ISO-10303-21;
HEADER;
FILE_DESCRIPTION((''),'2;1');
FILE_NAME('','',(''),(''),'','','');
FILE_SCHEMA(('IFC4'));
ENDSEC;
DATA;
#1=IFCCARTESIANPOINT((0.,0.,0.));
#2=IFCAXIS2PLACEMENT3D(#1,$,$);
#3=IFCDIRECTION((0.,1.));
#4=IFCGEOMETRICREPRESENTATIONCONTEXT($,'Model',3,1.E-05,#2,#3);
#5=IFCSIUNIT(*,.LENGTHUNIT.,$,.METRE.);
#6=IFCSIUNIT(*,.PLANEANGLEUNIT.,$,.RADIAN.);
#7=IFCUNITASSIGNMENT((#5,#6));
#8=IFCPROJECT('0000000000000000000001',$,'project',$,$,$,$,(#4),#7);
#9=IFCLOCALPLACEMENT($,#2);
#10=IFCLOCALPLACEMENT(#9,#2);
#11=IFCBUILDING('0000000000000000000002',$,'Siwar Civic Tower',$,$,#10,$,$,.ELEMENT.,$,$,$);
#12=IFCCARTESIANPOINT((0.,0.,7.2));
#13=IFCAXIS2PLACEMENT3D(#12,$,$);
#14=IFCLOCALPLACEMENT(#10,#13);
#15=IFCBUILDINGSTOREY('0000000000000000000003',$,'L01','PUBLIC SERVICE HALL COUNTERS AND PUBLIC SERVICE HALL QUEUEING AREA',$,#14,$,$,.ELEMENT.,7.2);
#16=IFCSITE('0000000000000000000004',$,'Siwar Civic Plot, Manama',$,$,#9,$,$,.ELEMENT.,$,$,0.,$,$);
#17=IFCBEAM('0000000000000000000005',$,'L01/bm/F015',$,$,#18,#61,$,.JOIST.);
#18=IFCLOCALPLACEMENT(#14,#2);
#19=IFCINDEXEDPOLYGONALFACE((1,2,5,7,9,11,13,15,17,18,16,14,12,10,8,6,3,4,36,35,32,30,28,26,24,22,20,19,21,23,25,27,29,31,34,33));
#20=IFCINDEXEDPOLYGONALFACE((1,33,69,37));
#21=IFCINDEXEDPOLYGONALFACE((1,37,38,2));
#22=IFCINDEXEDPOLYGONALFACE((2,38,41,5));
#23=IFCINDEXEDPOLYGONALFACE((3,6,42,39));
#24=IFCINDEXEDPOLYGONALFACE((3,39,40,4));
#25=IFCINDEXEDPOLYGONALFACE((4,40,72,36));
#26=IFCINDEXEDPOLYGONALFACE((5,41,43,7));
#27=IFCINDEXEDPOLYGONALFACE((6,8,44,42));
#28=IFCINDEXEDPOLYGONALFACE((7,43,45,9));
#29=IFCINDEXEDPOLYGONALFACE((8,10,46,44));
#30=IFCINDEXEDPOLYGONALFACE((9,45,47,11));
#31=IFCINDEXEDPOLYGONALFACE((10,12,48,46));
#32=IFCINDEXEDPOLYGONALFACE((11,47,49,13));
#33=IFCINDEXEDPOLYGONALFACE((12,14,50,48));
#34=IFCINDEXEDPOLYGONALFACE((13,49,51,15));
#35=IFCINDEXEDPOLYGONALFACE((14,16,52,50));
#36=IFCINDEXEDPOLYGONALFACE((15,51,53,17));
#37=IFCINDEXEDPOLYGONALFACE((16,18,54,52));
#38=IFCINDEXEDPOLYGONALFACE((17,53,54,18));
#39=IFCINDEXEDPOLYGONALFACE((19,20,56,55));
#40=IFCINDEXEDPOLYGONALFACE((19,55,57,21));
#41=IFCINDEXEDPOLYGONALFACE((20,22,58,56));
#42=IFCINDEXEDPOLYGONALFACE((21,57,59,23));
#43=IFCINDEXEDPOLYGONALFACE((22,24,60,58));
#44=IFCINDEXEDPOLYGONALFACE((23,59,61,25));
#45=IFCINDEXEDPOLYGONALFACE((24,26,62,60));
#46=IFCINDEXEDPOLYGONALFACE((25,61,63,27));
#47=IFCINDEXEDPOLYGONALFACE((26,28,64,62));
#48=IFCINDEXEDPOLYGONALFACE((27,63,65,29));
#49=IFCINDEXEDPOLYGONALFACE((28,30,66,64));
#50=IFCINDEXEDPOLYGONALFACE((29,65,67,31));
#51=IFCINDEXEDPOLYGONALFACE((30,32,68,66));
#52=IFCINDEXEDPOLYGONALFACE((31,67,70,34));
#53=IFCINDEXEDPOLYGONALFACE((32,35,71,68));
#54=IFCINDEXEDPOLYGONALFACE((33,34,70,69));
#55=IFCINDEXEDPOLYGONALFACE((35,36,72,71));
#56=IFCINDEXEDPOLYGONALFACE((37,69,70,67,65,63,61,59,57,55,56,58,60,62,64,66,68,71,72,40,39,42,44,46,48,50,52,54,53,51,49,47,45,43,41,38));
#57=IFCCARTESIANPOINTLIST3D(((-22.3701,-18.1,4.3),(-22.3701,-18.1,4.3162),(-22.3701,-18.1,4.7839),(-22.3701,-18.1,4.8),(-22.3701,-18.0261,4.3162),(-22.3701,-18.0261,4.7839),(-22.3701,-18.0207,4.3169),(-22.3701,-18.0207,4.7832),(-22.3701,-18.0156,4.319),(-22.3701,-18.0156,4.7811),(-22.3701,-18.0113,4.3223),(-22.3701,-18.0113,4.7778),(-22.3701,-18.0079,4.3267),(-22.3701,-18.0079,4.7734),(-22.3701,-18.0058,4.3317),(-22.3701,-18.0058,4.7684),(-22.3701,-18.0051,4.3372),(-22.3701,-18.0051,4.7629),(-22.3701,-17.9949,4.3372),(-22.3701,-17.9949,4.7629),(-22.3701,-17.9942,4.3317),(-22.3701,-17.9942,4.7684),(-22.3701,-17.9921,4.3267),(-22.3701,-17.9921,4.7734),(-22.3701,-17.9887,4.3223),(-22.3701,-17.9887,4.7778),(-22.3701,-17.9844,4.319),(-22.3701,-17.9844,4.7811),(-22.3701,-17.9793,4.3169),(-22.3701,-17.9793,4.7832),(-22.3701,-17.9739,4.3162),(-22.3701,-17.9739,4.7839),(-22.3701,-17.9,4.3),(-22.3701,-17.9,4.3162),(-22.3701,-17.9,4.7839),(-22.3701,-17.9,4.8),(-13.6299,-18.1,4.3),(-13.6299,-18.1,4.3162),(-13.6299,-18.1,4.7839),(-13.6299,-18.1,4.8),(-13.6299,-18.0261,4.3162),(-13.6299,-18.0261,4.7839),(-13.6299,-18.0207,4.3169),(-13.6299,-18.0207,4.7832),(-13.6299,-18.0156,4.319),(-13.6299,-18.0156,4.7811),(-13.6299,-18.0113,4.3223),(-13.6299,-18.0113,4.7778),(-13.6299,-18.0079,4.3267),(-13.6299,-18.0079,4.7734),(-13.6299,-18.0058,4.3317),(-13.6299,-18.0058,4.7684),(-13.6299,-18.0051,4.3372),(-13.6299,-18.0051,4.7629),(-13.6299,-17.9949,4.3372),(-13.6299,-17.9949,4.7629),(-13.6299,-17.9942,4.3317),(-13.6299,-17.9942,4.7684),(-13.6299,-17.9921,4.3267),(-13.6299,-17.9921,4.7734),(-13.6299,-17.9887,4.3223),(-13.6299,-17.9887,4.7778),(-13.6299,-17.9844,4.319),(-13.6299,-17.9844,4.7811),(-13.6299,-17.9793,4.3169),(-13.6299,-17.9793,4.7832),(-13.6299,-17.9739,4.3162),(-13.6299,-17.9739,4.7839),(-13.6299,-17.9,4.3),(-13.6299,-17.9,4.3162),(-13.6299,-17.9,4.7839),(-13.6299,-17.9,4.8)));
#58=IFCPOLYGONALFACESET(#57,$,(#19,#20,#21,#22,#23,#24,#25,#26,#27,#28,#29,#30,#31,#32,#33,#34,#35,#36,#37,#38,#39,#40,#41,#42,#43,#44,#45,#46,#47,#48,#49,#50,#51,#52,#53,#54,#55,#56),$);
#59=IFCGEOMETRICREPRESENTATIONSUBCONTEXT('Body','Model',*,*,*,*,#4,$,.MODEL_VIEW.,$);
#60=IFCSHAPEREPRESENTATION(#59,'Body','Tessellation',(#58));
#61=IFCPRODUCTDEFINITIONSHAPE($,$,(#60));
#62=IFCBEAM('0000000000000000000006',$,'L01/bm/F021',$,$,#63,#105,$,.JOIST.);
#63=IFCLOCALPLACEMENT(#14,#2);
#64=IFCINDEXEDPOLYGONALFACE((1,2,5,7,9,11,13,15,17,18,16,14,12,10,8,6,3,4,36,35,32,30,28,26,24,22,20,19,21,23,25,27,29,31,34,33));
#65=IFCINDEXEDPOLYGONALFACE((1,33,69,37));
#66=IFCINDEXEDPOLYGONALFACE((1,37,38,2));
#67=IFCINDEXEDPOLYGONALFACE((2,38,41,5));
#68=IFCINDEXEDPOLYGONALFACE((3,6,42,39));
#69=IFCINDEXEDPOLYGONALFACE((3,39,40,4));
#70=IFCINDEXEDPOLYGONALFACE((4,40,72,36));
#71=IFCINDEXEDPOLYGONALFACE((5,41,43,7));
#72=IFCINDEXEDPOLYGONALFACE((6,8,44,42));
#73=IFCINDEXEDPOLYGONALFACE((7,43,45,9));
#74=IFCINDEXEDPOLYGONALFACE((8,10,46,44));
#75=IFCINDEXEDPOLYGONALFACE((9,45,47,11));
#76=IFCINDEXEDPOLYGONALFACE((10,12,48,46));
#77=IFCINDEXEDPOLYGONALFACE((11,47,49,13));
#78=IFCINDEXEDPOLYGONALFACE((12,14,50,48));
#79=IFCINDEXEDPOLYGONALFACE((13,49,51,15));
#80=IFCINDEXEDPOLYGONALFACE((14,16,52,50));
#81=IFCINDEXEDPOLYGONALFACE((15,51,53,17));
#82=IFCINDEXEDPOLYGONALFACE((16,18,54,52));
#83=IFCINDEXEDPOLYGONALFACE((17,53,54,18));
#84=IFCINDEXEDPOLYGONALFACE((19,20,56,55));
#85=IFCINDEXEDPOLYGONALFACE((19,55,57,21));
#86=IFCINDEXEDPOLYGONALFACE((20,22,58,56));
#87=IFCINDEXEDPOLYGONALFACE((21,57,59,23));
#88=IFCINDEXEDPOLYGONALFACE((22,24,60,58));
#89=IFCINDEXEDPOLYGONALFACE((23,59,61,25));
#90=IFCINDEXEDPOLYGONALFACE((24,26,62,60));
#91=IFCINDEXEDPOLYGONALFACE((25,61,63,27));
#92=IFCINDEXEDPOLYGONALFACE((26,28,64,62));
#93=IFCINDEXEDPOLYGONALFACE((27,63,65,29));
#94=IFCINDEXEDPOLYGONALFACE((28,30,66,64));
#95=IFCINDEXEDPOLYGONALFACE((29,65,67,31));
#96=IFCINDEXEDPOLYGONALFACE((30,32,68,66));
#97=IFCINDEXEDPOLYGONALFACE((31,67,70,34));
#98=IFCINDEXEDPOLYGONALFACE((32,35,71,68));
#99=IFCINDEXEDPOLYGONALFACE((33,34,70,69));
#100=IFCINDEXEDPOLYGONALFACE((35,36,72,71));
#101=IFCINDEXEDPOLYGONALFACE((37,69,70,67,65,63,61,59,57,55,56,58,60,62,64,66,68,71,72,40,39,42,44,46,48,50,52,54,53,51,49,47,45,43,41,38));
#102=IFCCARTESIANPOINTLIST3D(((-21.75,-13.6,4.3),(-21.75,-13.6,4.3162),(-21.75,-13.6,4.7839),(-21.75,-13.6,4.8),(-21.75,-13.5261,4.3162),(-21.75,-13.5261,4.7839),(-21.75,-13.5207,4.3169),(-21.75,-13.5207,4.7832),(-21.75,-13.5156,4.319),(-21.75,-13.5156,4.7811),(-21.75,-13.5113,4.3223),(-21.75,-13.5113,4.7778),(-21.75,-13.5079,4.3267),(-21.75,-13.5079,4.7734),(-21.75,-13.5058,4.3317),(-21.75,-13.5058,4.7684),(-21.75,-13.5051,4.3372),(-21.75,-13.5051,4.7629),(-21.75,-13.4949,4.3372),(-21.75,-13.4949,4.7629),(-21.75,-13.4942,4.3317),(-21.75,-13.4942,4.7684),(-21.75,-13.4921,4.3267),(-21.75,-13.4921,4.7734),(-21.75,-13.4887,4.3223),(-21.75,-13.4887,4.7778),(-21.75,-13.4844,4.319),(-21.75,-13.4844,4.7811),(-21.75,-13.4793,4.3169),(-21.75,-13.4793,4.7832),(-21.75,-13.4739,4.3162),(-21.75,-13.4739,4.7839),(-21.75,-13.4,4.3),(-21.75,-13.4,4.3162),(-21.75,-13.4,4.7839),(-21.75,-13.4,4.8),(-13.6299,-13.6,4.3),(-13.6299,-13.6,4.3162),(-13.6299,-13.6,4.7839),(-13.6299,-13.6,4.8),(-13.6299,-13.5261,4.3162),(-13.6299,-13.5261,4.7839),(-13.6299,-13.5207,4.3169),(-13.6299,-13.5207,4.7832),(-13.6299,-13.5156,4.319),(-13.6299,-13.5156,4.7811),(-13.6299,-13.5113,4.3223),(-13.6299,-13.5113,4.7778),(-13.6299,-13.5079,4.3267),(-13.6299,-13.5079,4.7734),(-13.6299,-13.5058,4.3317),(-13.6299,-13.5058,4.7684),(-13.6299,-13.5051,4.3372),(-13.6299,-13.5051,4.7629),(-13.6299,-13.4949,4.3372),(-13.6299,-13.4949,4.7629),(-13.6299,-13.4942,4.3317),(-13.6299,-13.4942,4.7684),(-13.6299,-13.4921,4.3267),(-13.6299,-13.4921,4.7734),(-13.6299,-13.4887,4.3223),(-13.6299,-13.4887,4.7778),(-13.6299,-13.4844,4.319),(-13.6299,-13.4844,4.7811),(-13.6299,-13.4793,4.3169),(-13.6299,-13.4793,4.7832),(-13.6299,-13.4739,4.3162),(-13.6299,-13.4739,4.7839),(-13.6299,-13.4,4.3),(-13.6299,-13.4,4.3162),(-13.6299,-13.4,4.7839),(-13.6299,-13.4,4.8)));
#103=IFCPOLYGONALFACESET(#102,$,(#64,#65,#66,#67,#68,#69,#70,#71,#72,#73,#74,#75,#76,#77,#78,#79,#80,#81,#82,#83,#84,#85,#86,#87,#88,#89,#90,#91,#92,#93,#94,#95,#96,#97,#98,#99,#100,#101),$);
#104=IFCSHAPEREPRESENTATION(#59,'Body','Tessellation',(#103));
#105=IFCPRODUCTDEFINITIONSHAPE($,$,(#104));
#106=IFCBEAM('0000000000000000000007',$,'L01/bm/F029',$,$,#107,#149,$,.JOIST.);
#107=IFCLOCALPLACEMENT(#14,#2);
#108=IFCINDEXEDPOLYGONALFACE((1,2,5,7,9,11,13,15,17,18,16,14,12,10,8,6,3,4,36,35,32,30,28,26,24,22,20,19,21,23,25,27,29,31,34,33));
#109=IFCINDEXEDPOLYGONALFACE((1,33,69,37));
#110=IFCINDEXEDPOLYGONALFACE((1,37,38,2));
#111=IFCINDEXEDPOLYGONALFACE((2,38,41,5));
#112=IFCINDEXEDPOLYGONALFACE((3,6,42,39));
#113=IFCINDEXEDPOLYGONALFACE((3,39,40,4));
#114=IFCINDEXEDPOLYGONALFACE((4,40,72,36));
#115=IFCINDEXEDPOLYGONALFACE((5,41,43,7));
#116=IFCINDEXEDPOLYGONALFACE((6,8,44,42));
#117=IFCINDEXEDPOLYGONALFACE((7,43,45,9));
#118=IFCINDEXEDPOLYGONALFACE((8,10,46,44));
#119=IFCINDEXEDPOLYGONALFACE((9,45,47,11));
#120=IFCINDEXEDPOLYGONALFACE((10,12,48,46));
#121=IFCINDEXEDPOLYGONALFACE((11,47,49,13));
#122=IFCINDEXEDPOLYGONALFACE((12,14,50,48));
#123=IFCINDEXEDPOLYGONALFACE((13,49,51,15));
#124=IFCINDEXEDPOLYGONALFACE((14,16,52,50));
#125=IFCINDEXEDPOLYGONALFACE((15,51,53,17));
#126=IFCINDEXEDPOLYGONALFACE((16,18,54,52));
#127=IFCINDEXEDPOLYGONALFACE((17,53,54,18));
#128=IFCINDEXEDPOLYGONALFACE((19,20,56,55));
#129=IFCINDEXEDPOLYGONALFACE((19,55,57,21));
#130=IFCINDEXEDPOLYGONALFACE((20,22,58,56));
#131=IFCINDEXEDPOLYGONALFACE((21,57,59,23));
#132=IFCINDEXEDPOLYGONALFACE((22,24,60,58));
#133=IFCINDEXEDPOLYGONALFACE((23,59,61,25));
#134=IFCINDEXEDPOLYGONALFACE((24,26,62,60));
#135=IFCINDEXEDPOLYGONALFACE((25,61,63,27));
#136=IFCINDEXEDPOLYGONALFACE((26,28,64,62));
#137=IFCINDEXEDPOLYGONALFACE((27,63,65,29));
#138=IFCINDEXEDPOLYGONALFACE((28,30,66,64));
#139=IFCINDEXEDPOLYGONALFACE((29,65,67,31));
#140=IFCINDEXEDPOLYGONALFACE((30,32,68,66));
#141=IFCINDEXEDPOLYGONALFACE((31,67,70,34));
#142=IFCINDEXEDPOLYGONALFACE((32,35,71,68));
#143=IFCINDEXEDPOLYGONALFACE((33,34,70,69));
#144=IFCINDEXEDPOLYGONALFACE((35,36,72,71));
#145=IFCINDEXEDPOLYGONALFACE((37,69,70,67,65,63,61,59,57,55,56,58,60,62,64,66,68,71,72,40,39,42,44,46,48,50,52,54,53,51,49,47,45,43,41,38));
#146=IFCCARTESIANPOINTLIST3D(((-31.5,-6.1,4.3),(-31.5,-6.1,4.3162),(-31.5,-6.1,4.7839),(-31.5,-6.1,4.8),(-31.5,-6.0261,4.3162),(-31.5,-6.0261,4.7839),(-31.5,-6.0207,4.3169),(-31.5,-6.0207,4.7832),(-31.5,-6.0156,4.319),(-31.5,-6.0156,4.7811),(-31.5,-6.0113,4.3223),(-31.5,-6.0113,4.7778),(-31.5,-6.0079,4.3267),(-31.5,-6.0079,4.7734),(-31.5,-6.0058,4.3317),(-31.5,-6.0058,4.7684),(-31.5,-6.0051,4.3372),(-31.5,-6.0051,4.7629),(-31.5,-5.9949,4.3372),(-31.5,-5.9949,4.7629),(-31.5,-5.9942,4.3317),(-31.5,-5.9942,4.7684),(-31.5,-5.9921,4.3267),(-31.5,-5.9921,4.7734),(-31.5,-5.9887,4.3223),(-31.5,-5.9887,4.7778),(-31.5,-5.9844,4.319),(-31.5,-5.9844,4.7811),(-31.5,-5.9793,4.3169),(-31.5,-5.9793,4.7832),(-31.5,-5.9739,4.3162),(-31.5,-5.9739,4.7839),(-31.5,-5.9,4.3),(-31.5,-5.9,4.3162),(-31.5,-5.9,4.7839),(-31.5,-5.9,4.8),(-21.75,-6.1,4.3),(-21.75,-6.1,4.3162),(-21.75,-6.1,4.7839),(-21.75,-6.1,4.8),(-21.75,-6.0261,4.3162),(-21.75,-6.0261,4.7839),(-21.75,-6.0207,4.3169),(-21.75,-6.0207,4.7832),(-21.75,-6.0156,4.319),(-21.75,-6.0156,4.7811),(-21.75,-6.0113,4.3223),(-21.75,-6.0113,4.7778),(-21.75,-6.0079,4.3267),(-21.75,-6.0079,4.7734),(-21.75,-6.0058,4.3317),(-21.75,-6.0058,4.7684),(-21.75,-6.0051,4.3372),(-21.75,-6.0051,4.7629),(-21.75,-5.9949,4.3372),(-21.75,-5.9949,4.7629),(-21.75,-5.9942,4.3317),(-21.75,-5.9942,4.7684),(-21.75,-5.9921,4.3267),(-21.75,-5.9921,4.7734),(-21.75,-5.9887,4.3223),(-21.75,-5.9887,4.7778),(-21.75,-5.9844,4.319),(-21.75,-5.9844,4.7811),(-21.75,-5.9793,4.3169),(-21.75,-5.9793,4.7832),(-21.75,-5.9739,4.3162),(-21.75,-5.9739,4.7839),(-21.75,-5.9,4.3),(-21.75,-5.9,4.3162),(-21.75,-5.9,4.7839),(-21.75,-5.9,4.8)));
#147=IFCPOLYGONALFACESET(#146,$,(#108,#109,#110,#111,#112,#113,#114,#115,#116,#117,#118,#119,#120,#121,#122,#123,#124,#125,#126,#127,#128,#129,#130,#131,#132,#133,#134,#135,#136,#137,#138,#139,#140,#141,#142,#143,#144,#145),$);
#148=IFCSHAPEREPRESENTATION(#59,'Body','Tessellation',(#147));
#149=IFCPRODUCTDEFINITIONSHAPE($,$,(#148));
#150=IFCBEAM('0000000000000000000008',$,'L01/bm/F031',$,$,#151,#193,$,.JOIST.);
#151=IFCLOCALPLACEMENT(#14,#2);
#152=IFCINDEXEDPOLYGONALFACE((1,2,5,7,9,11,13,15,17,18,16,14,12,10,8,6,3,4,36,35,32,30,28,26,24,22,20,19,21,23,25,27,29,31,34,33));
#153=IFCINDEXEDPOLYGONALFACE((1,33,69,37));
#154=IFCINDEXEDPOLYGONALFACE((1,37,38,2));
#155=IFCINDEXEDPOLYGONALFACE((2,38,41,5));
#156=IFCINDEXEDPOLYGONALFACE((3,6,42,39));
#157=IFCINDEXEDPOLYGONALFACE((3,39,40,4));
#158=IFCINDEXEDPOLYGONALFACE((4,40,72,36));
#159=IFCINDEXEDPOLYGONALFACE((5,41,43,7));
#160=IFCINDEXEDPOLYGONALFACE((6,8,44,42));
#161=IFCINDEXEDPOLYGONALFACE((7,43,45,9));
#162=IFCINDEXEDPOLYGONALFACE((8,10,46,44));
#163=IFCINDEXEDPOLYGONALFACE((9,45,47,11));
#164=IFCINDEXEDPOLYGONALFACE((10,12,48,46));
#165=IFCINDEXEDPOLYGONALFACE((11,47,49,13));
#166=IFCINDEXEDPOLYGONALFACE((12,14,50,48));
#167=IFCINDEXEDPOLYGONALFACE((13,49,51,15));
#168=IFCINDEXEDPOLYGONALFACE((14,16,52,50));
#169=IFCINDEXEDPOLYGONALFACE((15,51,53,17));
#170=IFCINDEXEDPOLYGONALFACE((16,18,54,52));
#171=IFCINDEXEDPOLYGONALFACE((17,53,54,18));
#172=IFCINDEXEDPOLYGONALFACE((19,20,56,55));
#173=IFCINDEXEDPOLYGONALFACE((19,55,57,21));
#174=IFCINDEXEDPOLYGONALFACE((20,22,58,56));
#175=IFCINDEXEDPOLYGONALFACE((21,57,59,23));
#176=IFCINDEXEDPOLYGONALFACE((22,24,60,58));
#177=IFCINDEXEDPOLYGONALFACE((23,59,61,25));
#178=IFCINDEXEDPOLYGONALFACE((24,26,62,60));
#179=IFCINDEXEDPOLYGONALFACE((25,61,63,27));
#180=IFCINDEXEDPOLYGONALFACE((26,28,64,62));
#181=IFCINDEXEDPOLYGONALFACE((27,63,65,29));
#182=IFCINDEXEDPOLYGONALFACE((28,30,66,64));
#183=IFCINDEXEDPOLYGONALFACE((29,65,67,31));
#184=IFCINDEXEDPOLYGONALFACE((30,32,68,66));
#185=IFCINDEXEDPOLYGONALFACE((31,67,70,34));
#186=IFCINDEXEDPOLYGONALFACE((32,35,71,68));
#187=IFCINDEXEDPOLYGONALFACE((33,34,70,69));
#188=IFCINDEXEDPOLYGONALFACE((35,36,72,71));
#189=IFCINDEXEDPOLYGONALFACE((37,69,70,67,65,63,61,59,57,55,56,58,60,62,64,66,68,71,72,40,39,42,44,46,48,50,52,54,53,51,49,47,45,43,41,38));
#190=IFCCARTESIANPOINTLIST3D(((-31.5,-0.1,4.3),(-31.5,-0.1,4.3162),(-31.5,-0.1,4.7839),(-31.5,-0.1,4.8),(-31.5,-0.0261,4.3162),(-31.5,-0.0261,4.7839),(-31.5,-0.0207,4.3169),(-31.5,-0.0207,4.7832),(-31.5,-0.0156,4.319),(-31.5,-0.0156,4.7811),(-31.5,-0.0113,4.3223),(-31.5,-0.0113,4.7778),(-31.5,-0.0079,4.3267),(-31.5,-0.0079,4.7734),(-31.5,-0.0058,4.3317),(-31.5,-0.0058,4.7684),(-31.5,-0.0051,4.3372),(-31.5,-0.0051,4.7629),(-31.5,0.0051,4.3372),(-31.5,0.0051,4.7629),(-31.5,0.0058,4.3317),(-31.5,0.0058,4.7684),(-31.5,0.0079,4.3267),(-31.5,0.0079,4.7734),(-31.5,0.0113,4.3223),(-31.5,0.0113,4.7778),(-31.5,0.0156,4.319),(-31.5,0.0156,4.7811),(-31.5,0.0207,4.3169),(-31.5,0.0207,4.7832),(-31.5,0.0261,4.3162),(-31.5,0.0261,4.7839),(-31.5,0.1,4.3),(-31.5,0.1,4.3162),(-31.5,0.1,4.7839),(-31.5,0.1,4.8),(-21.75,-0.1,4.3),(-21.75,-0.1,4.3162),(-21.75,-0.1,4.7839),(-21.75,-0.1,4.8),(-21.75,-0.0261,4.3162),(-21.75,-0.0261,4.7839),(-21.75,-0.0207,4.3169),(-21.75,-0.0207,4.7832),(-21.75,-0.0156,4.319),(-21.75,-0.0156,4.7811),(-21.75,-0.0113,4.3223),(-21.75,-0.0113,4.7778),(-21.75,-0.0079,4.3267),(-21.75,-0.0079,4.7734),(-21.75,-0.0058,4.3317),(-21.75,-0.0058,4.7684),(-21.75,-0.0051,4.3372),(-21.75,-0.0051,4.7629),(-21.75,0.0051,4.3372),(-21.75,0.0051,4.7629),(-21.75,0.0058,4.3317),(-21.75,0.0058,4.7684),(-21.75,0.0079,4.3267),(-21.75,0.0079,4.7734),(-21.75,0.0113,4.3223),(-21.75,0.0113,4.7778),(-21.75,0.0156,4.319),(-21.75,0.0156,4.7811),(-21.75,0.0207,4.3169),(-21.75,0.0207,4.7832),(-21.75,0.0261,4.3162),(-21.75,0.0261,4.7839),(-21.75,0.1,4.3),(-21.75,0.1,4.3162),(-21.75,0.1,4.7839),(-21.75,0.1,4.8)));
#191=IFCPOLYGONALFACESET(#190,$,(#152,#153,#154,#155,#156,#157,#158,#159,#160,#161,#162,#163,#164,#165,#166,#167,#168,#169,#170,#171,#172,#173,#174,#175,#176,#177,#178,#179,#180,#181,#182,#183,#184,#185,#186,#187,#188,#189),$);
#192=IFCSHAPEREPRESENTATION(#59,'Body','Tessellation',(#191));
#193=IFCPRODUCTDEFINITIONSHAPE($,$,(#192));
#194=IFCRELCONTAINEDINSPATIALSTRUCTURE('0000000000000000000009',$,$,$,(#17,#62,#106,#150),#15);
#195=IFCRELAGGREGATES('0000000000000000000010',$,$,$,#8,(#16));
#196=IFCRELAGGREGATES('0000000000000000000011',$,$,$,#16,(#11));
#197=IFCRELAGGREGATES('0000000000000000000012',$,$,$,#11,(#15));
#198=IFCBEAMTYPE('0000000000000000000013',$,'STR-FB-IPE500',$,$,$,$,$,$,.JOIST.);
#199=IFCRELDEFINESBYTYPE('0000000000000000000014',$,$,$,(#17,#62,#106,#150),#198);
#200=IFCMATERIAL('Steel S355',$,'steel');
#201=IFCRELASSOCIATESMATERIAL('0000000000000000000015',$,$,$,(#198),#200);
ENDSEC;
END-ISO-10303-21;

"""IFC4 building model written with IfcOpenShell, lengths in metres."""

from ifc_helpers import new_model, si_unit, direction, frame, origin, origin_2d, place, context, subcontext, project, spatial, i_section, extrude, material, material_profile, profile_set, type_object, element, save


model = new_model("IFC4")

# Units and contexts
model_context = context("Model", 3, precision=1e-05, world=origin(), true_north=direction((0.0, 1.0)))
body_context = subcontext(model_context, "Body", "Model", "MODEL_VIEW")
ifc_project = project(units=[si_unit("LENGTHUNIT", "METRE"), si_unit("PLANEANGLEUNIT", "RADIAN")], contexts=[model_context])

# Site, building, storey
site_placement = place(None, origin())
site = spatial("IfcSite", under=ifc_project, at=site_placement, Name="Siwar Civic Plot, Manama", CompositionType="ELEMENT", RefElevation=0.0)
building_placement = place(site_placement, origin())
building = spatial("IfcBuilding", under=site, at=building_placement, Name="Siwar Civic Tower", CompositionType="ELEMENT")
storey_placement = place(building_placement, frame((0.0, 0.0, 7.2)))
storey = spatial("IfcBuildingStorey", under=building, at=storey_placement, Name="L01", Description="PUBLIC SERVICE HALL COUNTERS AND PUBLIC SERVICE HALL QUEUEING AREA", CompositionType="ELEMENT", Elevation=7.2)

# Beams
ifc_material_1 = material(Name="Steel S355", Category="steel")
ifc_material_profile_1 = material_profile(ifc_material_1, i_section(OverallWidth=0.2, OverallDepth=0.5, WebThickness=0.0103, FlangeThickness=0.0161, FilletRadius=0.021, at=origin_2d()), Name="IPE500")
ifc_profile_set_1 = profile_set([ifc_material_profile_1], Name="Steel S355")
beam_type_1 = type_object("IfcBeamType", Name="STR-FB-IPE500", PredefinedType="JOIST", material=ifc_profile_set_1)
beam_1_placement = place(storey_placement, frame((-22.3701, -18.0, 4.55), z_axis=(1.0, 0.0, 0.0), x_axis=(0.0, 1.0, 0.0)))
element("IfcBeam", 1, at=beam_1_placement, inside=storey, type_object=beam_type_1, Name="L01/bm/F015", PredefinedType="JOIST", context=body_context, shape_type="SweptSolid", body=[
    extrude(i_section(OverallWidth=0.2, OverallDepth=0.5, WebThickness=0.0103, FlangeThickness=0.0161, FilletRadius=0.021, at=origin_2d()), origin(), (0.0, 0.0, 1.0), 8.7402),
])
beam_2_placement = place(storey_placement, frame((-21.75, -13.5, 4.55), z_axis=(1.0, 0.0, 0.0), x_axis=(0.0, 1.0, 0.0)))
element("IfcBeam", 2, at=beam_2_placement, inside=storey, type_object=beam_type_1, Name="L01/bm/F021", PredefinedType="JOIST", context=body_context, shape_type="SweptSolid", body=[
    extrude(i_section(OverallWidth=0.2, OverallDepth=0.5, WebThickness=0.0103, FlangeThickness=0.0161, FilletRadius=0.021, at=origin_2d()), origin(), (0.0, 0.0, 1.0), 8.1201),
])
for number, where, z_axis, x_axis, name in (
    (3, (-31.5, -6.0, 4.55), (1.0, 0.0, 0.0), (0.0, 1.0, 0.0), "L01/bm/F029"),
    (4, (-31.5, 0.0, 4.55), (1.0, 0.0, 0.0), (0.0, 1.0, 0.0), "L01/bm/F031"),
):
    element("IfcBeam", number, at=place(storey_placement, frame(where, z_axis=z_axis, x_axis=x_axis)), inside=storey, type_object=beam_type_1, Name=name, PredefinedType="JOIST", context=body_context, shape_type="SweptSolid", body=[
        extrude(i_section(OverallWidth=0.2, OverallDepth=0.5, WebThickness=0.0103, FlangeThickness=0.0161, FilletRadius=0.021, at=origin_2d()), origin(), (0.0, 0.0, 1.0), 9.75),
    ])

save(model, "model.ifc")
